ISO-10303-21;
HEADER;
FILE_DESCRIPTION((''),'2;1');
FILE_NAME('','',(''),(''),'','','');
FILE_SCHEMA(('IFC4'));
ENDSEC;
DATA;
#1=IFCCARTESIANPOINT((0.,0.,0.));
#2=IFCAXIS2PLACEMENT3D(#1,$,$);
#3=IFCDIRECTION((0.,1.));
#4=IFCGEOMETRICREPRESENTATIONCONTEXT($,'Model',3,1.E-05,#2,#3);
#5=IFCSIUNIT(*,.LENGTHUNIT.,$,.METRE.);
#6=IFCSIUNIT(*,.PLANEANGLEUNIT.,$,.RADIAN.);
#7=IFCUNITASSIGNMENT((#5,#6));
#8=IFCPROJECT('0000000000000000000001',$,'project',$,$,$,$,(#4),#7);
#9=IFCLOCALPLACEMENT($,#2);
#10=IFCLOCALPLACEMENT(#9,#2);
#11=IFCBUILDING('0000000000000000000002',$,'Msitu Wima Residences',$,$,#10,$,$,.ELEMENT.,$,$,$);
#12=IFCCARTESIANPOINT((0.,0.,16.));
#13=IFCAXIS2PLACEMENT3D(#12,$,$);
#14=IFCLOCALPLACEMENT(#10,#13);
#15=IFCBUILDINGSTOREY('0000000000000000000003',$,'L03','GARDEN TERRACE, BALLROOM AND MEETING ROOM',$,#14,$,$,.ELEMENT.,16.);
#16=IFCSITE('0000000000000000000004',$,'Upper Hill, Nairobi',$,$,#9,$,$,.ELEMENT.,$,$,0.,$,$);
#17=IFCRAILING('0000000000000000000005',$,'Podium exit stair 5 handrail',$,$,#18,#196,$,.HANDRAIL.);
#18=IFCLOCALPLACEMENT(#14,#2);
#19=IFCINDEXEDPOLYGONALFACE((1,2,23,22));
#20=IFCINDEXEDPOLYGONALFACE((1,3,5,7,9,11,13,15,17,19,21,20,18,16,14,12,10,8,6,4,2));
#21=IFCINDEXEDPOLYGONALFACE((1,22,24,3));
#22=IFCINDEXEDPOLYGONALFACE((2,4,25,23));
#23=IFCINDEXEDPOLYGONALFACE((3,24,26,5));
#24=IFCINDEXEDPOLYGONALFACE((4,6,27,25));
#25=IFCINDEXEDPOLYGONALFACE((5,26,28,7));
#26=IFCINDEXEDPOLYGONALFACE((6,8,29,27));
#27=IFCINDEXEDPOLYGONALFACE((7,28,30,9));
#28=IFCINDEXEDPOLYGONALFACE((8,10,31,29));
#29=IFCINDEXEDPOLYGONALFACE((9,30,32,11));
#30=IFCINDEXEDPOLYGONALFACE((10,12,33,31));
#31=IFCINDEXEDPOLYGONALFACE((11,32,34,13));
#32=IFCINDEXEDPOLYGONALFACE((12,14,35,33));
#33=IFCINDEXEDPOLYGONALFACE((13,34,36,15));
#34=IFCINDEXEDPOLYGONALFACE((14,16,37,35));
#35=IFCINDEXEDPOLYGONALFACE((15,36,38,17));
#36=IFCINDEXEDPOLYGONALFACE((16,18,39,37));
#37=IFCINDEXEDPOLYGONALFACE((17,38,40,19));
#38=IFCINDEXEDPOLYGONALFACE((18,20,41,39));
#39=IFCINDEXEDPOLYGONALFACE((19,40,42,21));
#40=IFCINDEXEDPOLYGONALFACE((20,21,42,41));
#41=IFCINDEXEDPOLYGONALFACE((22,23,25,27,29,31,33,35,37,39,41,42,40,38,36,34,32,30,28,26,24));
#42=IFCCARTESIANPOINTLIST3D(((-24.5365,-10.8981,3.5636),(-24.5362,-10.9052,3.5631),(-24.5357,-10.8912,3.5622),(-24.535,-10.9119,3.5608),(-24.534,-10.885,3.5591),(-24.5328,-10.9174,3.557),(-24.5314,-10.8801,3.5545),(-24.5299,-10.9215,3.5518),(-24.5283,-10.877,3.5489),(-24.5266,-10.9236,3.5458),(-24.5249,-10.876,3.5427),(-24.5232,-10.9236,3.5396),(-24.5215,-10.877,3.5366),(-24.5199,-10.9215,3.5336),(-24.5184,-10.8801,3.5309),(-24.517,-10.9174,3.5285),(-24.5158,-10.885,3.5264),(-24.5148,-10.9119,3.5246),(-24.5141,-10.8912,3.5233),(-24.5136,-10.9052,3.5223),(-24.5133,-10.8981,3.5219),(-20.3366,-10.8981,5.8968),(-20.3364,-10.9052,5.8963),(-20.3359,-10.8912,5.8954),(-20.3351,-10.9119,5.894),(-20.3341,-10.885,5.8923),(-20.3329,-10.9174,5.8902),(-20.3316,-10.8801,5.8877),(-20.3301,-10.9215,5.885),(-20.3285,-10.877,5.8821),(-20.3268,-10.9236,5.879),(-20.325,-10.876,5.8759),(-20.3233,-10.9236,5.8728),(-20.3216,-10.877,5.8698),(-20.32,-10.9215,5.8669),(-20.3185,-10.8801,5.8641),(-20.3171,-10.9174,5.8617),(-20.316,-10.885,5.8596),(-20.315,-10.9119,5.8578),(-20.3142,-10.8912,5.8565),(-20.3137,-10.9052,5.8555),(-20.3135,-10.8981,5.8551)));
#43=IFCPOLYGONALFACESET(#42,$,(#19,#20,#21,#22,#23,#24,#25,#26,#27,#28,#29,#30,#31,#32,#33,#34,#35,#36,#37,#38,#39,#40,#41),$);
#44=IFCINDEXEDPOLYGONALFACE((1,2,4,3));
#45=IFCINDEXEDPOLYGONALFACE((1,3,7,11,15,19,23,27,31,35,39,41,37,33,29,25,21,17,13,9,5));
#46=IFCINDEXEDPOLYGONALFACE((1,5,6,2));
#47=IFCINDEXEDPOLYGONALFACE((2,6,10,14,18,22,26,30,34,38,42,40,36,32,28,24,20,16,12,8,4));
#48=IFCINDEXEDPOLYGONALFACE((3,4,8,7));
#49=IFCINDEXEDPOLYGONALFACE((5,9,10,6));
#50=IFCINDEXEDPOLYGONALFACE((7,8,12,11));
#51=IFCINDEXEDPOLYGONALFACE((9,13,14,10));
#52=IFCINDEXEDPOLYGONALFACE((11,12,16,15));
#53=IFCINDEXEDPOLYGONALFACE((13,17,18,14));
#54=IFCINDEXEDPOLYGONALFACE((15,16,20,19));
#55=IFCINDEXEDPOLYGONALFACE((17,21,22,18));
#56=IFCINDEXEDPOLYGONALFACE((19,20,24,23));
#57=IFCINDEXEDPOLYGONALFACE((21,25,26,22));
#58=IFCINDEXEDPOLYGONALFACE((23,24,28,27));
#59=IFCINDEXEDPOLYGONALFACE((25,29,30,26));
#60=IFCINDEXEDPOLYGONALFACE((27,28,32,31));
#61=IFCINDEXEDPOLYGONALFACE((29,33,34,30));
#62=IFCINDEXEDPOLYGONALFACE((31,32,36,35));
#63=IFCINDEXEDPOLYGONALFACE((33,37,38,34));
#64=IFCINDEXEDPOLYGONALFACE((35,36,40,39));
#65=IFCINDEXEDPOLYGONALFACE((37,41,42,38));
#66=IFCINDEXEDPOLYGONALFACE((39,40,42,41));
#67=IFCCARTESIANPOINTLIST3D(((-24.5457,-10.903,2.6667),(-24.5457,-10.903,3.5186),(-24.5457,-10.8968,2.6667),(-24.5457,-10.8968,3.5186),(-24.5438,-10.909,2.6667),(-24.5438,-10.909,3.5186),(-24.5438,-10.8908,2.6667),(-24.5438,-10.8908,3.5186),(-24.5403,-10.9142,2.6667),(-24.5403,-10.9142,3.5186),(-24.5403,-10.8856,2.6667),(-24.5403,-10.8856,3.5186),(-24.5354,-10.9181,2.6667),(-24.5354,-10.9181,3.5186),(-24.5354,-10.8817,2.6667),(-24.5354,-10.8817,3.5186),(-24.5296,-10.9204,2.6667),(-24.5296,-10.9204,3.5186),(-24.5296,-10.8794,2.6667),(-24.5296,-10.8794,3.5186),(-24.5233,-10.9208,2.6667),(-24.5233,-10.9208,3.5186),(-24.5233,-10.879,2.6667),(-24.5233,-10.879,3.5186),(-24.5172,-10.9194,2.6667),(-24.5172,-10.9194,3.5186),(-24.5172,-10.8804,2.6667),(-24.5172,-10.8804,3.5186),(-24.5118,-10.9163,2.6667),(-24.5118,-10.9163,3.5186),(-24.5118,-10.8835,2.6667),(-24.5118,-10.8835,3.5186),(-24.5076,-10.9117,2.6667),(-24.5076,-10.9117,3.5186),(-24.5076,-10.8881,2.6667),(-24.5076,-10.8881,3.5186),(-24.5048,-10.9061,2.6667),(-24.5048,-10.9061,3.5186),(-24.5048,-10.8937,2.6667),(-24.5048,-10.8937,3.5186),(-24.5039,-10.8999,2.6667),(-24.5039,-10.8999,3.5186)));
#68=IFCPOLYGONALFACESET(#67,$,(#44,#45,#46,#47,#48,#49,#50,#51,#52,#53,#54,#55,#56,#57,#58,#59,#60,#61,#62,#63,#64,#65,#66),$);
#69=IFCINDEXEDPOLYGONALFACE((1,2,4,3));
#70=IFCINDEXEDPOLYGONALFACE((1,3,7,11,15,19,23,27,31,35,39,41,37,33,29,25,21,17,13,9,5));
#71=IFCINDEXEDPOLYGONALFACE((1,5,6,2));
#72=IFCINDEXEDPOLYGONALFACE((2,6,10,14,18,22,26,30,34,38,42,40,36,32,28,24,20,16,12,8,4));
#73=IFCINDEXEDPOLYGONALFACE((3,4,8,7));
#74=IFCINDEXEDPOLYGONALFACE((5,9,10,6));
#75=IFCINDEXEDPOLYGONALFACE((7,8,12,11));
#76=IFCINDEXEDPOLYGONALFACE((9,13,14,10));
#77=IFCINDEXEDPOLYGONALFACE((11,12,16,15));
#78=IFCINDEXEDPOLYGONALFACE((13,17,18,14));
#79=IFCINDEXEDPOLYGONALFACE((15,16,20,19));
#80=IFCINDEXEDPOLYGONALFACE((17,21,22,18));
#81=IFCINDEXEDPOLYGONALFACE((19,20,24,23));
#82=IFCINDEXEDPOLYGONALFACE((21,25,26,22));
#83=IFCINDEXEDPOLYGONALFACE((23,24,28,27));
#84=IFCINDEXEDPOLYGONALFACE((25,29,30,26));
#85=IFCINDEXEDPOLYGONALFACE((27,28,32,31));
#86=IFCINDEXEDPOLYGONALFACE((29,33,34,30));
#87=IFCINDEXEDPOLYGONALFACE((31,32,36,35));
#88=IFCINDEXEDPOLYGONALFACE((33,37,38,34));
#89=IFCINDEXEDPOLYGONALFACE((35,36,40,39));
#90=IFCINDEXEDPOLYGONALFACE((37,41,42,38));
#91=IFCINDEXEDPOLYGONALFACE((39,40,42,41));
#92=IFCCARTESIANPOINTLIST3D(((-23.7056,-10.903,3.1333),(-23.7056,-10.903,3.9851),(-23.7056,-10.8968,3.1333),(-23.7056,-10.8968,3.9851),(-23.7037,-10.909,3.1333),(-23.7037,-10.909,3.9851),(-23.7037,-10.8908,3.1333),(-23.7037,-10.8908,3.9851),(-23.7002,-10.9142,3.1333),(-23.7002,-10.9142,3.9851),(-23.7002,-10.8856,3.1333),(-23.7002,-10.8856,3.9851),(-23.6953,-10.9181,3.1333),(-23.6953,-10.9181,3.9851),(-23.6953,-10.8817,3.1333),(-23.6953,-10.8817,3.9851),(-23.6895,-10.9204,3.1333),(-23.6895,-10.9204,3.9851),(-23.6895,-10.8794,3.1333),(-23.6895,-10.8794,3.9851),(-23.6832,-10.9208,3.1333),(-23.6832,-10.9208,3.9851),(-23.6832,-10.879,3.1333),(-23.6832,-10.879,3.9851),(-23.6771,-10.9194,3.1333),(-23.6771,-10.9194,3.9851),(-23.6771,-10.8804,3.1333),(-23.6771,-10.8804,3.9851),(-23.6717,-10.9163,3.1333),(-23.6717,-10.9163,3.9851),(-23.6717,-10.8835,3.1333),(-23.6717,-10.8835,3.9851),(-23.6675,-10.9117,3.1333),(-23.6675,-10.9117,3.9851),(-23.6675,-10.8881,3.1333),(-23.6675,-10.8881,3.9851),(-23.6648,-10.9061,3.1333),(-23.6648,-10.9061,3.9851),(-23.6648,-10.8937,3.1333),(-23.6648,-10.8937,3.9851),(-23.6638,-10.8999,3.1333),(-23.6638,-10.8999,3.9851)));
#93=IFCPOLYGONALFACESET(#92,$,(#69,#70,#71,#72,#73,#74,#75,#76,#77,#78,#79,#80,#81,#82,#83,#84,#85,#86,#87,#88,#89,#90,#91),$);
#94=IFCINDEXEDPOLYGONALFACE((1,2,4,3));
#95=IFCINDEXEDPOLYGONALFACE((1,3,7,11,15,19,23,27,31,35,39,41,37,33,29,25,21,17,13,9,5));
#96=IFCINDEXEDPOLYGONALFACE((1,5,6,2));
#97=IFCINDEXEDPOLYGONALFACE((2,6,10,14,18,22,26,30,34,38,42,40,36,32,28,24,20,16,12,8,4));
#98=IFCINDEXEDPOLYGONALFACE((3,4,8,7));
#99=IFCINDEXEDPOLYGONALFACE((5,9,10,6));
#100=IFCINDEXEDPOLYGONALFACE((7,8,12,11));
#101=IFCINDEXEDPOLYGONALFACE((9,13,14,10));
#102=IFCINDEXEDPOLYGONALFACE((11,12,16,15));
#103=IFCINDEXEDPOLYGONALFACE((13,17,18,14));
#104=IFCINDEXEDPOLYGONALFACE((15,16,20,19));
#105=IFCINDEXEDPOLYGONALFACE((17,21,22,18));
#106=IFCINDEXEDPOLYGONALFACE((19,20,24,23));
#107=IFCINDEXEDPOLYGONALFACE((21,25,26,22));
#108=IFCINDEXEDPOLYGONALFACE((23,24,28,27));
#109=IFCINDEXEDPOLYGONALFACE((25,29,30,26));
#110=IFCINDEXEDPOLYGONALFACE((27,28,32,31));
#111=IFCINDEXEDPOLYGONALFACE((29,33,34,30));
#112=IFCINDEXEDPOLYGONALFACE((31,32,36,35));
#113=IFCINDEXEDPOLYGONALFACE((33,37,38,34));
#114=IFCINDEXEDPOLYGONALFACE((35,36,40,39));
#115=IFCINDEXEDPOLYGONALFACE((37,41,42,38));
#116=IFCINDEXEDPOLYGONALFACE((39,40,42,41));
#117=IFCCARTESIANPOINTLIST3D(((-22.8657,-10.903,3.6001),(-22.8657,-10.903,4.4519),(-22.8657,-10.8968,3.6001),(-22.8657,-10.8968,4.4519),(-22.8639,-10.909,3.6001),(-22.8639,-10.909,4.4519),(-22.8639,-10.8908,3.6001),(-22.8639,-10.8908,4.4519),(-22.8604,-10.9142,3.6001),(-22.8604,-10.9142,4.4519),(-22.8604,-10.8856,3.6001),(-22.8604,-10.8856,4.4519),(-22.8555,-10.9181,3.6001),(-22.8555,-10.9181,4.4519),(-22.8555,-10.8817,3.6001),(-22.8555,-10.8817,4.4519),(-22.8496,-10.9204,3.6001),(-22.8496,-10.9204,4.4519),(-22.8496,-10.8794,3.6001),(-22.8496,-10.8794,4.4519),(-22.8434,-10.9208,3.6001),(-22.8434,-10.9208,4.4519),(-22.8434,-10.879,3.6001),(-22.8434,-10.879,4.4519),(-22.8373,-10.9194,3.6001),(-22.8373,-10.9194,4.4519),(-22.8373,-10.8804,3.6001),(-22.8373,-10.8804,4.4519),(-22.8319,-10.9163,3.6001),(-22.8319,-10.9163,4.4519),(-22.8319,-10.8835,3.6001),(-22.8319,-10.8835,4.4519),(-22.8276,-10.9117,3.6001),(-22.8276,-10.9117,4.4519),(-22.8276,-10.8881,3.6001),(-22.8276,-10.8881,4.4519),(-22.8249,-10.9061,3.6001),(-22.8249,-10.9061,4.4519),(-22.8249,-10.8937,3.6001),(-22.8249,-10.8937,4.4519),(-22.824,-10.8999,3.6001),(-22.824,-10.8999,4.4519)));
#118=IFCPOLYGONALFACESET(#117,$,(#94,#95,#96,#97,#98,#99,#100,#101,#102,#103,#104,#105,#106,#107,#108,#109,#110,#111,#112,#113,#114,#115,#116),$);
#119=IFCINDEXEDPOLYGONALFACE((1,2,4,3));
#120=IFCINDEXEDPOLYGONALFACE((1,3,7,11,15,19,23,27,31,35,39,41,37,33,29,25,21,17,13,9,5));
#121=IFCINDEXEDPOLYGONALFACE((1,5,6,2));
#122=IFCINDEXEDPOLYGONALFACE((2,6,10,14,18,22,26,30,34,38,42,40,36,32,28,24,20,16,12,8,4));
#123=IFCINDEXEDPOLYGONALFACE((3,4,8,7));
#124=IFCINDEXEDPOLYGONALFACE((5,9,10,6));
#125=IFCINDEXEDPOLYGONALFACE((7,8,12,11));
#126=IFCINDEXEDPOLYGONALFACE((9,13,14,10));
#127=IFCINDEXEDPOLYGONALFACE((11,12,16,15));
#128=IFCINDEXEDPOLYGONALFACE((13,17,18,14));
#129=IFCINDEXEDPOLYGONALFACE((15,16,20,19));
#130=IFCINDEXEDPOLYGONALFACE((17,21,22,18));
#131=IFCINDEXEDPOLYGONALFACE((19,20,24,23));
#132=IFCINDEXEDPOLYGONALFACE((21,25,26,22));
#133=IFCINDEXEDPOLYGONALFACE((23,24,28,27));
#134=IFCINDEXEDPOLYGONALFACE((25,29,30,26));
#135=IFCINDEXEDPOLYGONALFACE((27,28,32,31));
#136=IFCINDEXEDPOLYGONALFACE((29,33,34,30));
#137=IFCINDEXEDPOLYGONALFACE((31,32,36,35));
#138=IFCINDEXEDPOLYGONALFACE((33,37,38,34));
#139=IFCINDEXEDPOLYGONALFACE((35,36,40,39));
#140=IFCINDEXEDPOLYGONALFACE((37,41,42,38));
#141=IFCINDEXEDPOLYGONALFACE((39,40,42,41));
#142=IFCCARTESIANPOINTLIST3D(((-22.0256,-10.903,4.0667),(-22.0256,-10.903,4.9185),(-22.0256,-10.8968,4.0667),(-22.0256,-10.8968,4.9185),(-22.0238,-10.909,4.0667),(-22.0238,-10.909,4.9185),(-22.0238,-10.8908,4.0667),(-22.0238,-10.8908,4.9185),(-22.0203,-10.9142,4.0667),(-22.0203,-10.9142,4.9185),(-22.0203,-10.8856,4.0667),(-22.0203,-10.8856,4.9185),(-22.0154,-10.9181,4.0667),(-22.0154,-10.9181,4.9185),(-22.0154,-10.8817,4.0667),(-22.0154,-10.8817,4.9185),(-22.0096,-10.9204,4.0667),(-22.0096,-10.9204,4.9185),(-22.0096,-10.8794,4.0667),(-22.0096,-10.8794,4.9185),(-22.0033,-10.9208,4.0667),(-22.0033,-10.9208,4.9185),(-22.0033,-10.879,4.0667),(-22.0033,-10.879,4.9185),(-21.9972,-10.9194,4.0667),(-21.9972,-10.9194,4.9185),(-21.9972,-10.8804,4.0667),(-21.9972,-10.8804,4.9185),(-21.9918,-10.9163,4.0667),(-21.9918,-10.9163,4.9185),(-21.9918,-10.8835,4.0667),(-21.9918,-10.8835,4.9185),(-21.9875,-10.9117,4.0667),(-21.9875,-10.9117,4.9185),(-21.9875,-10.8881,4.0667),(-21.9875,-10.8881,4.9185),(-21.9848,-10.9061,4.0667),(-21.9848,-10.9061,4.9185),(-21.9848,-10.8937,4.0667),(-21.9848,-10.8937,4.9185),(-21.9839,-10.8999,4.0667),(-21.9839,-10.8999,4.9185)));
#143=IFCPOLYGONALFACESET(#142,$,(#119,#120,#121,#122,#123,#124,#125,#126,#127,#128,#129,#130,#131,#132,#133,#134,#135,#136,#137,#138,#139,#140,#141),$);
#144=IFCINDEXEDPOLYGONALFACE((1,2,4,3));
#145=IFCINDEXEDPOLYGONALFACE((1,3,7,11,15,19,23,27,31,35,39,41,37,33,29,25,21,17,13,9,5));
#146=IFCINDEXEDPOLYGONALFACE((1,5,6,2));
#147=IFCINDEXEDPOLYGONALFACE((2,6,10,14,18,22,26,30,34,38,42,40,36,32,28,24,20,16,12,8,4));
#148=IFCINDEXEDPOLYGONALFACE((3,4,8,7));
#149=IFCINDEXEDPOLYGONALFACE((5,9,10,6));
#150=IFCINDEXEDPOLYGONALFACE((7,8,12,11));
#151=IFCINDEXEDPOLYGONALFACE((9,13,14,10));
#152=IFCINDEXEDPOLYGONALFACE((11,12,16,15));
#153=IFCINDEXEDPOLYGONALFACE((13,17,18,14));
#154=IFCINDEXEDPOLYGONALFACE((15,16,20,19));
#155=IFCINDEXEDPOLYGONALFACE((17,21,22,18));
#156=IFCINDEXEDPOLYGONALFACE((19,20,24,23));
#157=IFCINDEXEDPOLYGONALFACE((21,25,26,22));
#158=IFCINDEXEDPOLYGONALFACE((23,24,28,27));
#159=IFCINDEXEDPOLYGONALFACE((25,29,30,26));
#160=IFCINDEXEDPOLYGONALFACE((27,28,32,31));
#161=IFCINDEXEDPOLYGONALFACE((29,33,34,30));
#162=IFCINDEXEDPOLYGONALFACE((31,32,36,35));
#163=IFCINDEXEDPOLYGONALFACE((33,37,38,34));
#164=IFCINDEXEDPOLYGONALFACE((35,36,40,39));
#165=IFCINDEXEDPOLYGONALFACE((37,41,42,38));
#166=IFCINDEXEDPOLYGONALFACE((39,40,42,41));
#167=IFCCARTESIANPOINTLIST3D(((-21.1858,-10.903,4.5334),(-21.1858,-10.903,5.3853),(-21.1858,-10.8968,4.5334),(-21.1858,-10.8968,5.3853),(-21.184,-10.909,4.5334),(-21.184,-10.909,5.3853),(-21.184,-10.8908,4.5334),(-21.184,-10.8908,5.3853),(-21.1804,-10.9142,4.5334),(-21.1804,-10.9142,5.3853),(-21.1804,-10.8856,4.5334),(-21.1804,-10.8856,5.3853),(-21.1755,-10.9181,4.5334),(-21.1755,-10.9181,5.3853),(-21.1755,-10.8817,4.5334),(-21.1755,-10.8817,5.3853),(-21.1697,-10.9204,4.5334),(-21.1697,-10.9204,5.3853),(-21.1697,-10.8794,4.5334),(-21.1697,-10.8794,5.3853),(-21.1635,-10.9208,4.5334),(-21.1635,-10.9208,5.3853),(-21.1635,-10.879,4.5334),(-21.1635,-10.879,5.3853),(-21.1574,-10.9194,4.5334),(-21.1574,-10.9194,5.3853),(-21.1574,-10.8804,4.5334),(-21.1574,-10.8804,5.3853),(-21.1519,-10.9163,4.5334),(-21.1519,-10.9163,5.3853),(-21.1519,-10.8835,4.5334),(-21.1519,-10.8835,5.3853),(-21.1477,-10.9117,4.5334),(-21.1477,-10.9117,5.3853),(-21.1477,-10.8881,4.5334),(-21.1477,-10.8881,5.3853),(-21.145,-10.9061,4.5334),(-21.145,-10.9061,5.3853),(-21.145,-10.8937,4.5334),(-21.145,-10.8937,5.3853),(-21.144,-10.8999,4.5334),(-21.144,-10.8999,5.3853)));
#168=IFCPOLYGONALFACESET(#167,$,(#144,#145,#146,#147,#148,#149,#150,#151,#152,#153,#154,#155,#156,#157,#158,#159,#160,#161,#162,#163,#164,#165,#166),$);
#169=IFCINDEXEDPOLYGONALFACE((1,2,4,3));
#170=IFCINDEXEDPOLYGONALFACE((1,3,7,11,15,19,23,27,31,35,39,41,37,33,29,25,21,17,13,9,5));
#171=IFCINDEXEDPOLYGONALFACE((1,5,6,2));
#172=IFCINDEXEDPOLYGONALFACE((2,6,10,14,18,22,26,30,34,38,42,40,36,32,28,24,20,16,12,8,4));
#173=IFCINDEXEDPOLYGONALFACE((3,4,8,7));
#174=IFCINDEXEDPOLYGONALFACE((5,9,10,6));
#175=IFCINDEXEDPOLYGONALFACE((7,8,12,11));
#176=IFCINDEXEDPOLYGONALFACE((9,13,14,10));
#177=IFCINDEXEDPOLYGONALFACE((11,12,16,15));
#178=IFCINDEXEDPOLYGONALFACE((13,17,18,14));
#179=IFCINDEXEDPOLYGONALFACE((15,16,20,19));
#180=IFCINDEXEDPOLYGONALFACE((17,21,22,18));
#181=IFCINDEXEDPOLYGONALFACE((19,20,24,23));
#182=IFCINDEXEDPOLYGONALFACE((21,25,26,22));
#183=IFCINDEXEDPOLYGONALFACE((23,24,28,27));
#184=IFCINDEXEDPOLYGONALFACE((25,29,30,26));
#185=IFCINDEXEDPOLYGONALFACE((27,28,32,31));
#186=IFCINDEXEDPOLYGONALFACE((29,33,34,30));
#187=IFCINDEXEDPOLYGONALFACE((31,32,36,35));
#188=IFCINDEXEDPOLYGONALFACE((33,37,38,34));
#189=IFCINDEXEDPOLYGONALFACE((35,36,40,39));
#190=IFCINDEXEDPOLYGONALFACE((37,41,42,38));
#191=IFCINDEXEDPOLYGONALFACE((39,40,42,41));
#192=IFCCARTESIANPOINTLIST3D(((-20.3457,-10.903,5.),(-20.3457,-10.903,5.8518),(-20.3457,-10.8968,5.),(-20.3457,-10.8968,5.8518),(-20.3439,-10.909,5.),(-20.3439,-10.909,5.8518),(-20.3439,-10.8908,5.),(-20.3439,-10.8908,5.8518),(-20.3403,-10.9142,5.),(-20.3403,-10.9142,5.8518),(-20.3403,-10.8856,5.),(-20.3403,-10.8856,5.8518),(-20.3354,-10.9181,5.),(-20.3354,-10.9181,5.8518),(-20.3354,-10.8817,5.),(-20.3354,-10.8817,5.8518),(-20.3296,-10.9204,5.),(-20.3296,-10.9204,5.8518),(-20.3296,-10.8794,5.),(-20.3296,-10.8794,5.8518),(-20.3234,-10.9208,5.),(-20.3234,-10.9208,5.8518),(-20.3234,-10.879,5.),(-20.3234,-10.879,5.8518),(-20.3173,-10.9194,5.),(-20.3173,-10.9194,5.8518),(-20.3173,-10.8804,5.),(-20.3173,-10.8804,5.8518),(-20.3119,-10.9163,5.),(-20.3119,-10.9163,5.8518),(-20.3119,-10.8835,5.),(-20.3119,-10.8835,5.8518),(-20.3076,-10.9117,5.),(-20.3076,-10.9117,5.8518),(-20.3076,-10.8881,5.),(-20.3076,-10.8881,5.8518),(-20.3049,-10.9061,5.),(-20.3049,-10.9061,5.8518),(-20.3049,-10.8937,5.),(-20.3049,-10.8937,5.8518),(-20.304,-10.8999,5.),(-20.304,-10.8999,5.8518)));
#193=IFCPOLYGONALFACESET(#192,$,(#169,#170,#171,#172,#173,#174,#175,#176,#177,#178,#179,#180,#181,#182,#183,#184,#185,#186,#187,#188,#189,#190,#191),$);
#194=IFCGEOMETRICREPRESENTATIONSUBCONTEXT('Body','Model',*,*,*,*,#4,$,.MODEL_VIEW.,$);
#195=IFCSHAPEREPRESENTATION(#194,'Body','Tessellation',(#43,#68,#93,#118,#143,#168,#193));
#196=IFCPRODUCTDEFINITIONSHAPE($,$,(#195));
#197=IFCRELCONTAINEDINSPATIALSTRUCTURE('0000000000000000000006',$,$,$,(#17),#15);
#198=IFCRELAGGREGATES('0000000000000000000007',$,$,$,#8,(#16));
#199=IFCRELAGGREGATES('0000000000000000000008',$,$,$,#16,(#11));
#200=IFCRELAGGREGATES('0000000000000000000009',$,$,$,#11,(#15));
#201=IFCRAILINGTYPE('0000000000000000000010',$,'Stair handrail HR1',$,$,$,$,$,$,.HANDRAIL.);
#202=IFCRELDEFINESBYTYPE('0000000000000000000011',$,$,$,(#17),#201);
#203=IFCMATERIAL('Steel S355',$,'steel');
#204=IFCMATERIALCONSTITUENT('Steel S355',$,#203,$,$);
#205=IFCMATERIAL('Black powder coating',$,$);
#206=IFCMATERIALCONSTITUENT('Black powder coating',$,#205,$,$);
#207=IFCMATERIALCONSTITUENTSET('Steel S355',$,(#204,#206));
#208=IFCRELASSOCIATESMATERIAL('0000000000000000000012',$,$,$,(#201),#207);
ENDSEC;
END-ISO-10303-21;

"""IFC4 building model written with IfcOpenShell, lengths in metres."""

from ifc_helpers import new_model, si_unit, direction, frame, origin, origin_2d, place, context, subcontext, project, spatial, circle, extrude, material, constituent, constituent_set, type_object, element, save


model = new_model("IFC4")

# Units and contexts
model_context = context("Model", 3, precision=1e-05, world=origin(), true_north=direction((0.0, 1.0)))
body_context = subcontext(model_context, "Body", "Model", "MODEL_VIEW")
ifc_project = project(units=[si_unit("LENGTHUNIT", "METRE"), si_unit("PLANEANGLEUNIT", "RADIAN")], contexts=[model_context])

# Site, building, storey
site_placement = place(None, origin())
site = spatial("IfcSite", under=ifc_project, at=site_placement, Name="Upper Hill, Nairobi", CompositionType="ELEMENT", RefElevation=0.0)
building_placement = place(site_placement, origin())
building = spatial("IfcBuilding", under=site, at=building_placement, Name="Msitu Wima Residences", CompositionType="ELEMENT")
storey_placement = place(building_placement, frame((0.0, 0.0, 16.0)))
storey = spatial("IfcBuildingStorey", under=building, at=storey_placement, Name="L03", Description="GARDEN TERRACE, BALLROOM AND MEETING ROOM", CompositionType="ELEMENT", Elevation=16.0)

# Railing
ifc_material_1 = material(Name="Steel S355", Category="steel")
ifc_constituent_1 = constituent(ifc_material_1, Name="Steel S355")
ifc_material_2 = material(Name="Black powder coating")
ifc_constituent_2 = constituent(ifc_material_2, Name="Black powder coating")
ifc_constituent_set = constituent_set(constituents=[ifc_constituent_1, ifc_constituent_2], Name="Steel S355")
railing_type = type_object("IfcRailingType", Name="Stair handrail HR1", PredefinedType="HANDRAIL", material=ifc_constituent_set)
for number, where, name in (
    (1, (-24.5249, -10.8999, 2.6667), "Podium exit stair 5 handrail"),
):
    element("IfcRailing", number, at=place(storey_placement, frame(where)), inside=storey, type_object=railing_type, Name=name, PredefinedType="HANDRAIL", context=body_context, shape_type="SweptSolid", body=[
        extrude(circle(Radius=0.0239, at=origin_2d()), frame((0.0, 0.0, 0.876), z_axis=(0.874162, 0.0, 0.485634), x_axis=(0.0, 1.0, 0.0)), (0.0, 0.0, 1.0), 4.8044),
        extrude(circle(Radius=0.021, at=origin_2d()), origin(), (0.0, 0.0, 1.0), 0.8518),
        extrude(circle(Radius=0.021, at=origin_2d()), frame((0.8401, 0.0, 0.4666)), (0.0, 0.0, 1.0), 0.8518),
        extrude(circle(Radius=0.021, at=origin_2d()), frame((1.6799, 0.0, 0.9333)), (0.0, 0.0, 1.0), 0.8518),
        extrude(circle(Radius=0.021, at=origin_2d()), frame((2.52, 0.0, 1.3999)), (0.0, 0.0, 1.0), 0.8518),
        extrude(circle(Radius=0.021, at=origin_2d()), frame((3.3599, 0.0, 1.8667)), (0.0, 0.0, 1.0), 0.8518),
        extrude(circle(Radius=0.021, at=origin_2d()), frame((4.2, 0.0, 2.3333)), (0.0, 0.0, 1.0), 0.8518),
    ])

save(model, "model.ifc")
